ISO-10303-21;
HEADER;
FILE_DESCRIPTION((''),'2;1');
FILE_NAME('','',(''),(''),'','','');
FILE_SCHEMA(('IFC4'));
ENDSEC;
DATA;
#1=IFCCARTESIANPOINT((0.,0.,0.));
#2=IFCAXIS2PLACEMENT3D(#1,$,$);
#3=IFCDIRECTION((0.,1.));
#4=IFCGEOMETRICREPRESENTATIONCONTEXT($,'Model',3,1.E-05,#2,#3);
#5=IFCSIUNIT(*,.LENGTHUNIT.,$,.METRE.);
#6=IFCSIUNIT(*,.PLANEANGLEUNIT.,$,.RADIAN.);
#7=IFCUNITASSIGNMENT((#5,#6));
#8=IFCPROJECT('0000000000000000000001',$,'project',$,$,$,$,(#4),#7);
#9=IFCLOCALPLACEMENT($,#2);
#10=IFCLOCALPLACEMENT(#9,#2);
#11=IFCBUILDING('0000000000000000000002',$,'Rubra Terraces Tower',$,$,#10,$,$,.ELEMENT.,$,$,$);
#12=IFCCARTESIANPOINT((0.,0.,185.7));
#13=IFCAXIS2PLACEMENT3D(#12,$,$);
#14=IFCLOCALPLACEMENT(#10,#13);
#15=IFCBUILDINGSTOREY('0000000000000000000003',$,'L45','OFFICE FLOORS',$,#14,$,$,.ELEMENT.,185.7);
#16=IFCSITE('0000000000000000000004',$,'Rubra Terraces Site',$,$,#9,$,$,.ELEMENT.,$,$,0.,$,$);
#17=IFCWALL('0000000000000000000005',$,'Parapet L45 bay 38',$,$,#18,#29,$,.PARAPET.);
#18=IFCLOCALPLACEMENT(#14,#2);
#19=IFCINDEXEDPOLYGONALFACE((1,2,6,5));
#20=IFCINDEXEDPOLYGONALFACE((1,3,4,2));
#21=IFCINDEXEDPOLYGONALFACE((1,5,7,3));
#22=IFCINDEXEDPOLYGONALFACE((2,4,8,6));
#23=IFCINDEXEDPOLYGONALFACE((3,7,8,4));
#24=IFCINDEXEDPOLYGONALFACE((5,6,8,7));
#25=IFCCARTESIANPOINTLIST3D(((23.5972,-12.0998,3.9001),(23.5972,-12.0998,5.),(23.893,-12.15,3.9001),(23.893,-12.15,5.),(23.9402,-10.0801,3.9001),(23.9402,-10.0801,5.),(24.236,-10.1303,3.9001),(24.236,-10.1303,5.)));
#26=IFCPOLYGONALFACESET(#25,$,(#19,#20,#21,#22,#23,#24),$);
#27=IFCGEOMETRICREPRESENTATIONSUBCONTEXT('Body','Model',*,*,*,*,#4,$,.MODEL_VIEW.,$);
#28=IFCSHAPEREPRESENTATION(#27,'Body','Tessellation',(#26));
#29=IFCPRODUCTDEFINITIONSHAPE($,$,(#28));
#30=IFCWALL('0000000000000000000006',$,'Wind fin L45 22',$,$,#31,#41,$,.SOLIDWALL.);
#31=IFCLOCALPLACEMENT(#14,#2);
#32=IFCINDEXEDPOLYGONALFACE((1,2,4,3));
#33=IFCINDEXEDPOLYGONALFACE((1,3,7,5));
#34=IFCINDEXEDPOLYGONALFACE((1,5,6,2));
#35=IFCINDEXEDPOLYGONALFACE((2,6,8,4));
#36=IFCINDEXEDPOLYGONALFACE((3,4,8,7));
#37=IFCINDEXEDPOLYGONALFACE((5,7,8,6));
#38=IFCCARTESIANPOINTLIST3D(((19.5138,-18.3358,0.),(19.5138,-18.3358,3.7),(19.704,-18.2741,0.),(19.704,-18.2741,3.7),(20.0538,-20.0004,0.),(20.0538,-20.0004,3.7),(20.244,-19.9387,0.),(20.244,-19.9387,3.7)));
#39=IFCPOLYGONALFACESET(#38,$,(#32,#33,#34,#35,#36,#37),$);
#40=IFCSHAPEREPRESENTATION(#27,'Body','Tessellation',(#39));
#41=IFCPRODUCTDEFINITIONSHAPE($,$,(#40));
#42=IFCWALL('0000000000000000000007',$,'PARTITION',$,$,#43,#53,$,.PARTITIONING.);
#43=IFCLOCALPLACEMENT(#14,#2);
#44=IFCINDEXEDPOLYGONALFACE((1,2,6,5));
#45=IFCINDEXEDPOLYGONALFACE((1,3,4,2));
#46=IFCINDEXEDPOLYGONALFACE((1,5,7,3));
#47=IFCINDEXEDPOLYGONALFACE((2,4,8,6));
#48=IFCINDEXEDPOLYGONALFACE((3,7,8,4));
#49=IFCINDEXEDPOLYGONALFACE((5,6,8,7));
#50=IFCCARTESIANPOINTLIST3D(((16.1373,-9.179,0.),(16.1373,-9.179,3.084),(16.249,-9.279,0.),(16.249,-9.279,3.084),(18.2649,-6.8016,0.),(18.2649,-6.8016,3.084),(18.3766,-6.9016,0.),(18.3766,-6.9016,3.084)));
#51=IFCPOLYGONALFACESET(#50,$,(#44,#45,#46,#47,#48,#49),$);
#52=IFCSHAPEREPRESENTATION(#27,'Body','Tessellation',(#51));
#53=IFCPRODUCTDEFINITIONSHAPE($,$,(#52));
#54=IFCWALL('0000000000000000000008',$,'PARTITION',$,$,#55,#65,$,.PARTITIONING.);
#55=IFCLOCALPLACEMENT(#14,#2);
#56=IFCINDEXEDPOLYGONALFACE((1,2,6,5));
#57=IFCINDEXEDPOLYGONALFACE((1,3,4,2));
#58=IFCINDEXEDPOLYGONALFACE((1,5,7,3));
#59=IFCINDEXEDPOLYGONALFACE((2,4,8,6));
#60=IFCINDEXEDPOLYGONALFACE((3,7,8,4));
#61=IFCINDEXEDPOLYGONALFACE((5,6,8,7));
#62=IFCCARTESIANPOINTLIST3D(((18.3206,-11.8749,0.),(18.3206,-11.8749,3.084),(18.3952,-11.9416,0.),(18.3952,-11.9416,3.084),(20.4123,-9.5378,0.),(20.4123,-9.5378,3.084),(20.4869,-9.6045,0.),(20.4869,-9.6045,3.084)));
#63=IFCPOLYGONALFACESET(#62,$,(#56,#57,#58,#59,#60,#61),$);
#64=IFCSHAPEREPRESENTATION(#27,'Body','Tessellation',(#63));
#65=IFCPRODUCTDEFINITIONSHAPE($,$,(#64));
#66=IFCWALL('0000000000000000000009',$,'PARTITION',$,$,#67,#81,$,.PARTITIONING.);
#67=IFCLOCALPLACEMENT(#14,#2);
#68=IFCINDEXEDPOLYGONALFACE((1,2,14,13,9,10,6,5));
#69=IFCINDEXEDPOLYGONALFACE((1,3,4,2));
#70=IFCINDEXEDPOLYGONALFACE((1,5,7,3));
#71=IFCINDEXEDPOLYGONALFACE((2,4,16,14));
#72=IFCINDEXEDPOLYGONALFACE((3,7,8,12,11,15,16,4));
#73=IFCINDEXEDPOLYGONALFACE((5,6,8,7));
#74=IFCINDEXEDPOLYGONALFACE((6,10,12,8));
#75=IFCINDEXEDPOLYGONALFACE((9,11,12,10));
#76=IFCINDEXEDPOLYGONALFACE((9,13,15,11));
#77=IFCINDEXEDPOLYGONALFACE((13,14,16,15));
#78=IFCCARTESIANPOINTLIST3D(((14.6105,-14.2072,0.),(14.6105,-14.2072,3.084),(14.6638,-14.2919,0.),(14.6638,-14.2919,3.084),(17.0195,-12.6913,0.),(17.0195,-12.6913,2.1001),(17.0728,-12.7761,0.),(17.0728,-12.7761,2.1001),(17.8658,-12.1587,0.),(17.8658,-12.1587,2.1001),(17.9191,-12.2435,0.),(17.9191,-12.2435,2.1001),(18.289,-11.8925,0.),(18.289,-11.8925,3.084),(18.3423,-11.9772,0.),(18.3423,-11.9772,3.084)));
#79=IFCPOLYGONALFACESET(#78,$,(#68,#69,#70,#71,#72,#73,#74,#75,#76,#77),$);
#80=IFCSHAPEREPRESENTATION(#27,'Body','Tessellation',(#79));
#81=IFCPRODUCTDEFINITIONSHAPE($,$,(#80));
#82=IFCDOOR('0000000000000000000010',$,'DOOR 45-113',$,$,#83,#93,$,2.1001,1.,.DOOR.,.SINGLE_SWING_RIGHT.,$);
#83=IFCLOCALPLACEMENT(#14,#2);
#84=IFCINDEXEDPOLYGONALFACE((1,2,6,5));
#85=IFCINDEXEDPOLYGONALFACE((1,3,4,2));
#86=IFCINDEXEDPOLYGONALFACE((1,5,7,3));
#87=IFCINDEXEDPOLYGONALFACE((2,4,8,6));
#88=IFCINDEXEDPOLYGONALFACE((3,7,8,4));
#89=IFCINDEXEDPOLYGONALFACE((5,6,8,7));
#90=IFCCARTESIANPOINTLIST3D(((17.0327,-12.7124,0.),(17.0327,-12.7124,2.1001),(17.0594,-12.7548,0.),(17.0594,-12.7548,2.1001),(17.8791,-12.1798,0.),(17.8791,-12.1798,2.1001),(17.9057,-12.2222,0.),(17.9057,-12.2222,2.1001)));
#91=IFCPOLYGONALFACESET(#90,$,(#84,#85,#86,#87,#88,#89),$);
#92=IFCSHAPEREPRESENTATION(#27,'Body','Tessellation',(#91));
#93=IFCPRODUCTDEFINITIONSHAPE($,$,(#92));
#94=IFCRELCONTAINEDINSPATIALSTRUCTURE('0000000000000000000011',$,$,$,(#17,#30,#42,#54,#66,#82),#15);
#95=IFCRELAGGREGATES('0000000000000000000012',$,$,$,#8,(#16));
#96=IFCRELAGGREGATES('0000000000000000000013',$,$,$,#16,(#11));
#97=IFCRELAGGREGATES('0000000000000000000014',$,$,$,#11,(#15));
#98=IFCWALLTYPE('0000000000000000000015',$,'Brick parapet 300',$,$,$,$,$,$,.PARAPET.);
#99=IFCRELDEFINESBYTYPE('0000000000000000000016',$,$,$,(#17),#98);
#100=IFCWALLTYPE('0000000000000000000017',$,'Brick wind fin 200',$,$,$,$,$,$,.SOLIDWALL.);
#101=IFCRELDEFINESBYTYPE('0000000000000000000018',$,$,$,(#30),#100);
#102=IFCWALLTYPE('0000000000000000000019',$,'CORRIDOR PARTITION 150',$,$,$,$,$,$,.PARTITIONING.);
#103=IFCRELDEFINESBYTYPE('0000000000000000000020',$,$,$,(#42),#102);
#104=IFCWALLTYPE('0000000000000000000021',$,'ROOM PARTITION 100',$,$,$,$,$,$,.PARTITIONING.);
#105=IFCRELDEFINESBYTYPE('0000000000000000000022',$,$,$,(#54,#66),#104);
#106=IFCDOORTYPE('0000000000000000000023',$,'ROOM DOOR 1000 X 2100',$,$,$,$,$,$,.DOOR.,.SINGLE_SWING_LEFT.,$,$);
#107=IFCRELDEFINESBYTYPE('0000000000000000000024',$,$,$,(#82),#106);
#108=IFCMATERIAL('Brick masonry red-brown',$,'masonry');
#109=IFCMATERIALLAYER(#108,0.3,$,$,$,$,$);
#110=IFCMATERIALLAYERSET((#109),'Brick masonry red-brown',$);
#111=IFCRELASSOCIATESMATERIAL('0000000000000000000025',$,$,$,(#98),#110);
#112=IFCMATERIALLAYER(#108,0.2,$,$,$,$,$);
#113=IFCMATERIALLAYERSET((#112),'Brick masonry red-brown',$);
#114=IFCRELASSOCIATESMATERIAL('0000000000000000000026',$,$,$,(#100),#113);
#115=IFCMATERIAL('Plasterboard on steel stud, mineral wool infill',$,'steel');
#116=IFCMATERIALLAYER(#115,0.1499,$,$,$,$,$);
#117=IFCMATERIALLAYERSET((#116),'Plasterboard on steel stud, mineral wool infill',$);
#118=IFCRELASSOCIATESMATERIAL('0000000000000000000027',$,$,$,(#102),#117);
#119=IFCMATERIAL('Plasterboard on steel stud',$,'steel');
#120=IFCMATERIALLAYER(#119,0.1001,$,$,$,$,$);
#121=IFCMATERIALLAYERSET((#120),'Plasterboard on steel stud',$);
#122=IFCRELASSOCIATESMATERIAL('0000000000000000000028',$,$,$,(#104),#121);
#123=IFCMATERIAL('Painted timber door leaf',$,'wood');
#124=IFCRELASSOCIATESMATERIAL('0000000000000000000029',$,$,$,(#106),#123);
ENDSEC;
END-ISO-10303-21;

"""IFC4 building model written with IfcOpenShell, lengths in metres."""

from ifc_helpers import new_model, si_unit, direction, frame, frame_2d, origin, place, context, subcontext, project, spatial, rectangle, extrude, material, layer, layer_set, type_object, element, fill, save


model = new_model("IFC4")

# Units and contexts
model_context = context("Model", 3, precision=1e-05, world=origin(), true_north=direction((0.0, 1.0)))
body_context = subcontext(model_context, "Body", "Model", "MODEL_VIEW")
ifc_project = project(units=[si_unit("LENGTHUNIT", "METRE"), si_unit("PLANEANGLEUNIT", "RADIAN")], contexts=[model_context])

# Site, building, storey
site_placement = place(None, origin())
site = spatial("IfcSite", under=ifc_project, at=site_placement, Name="Rubra Terraces Site", CompositionType="ELEMENT", RefElevation=0.0)
building_placement = place(site_placement, origin())
building = spatial("IfcBuilding", under=site, at=building_placement, Name="Rubra Terraces Tower", CompositionType="ELEMENT")
storey_placement = place(building_placement, frame((0.0, 0.0, 185.7)))
storey = spatial("IfcBuildingStorey", under=building, at=storey_placement, Name="L45", Description="OFFICE FLOORS", CompositionType="ELEMENT", Elevation=185.7)

# Shared definitions
ifc_material_1 = material(Name="Brick masonry red-brown", Category="masonry")

# Walls
ifc_layer_1 = layer(ifc_material_1, 0.3)
ifc_layer_set_1 = layer_set([ifc_layer_1], Name="Brick masonry red-brown")
wall_type_1 = type_object("IfcWallType", Name="Brick parapet 300", PredefinedType="PARAPET", material=ifc_layer_set_1)
wall_1_placement = place(storey_placement, frame((23.7451, -12.125, 3.9001), z_axis=(0.0, 0.0, 1.0), x_axis=(0.167432, 0.985884, 0.0)))
element("IfcWall", 1, at=wall_1_placement, inside=storey, type_object=wall_type_1, Name="Parapet L45 bay 38", PredefinedType="PARAPET", context=body_context, shape_type="SweptSolid", body=[
    extrude(rectangle(XDim=2.0486, YDim=0.3, at=frame_2d((1.0244, 0.0))), origin(), (0.0, 0.0, 1.0), 1.0999),
])
ifc_layer_2 = layer(ifc_material_1, 0.2)
ifc_layer_set_2 = layer_set([ifc_layer_2], Name="Brick masonry red-brown")
wall_type_2 = type_object("IfcWallType", Name="Brick wind fin 200", PredefinedType="SOLIDWALL", material=ifc_layer_set_2)
wall_2_placement = place(storey_placement, frame((19.6089, -18.3049, 0.0), z_axis=(0.0, 0.0, 1.0), x_axis=(0.3086, -0.951192, 0.0)))
element("IfcWall", 2, at=wall_2_placement, inside=storey, type_object=wall_type_2, Name="Wind fin L45 22", PredefinedType="SOLIDWALL", context=body_context, shape_type="SweptSolid", body=[
    extrude(rectangle(XDim=1.75, YDim=0.2, at=frame_2d((0.875, 0.0))), origin(), (0.0, 0.0, 1.0), 3.7),
])
ifc_material_2 = material(Name="Plasterboard on steel stud, mineral wool infill", Category="steel")
ifc_layer_3 = layer(ifc_material_2, 0.1499)
ifc_layer_set_3 = layer_set([ifc_layer_3], Name="Plasterboard on steel stud, mineral wool infill")
wall_type_3 = type_object("IfcWallType", Name="CORRIDOR PARTITION 150", PredefinedType="PARTITIONING", material=ifc_layer_set_3)
wall_3_placement = place(storey_placement, frame((16.1931, -9.229, 0.0), z_axis=(0.0, 0.0, 1.0), x_axis=(0.666882, 0.745163, 0.0)))
element("IfcWall", 3, at=wall_3_placement, inside=storey, type_object=wall_type_3, Name="PARTITION", PredefinedType="PARTITIONING", context=body_context, shape_type="SweptSolid", body=[
    extrude(rectangle(XDim=3.1904, YDim=0.1499, at=frame_2d((1.5952, 0.0))), origin(), (0.0, 0.0, 1.0), 3.084),
])
ifc_material_3 = material(Name="Plasterboard on steel stud", Category="steel")
ifc_layer_4 = layer(ifc_material_3, 0.1001)
ifc_layer_set_4 = layer_set([ifc_layer_4], Name="Plasterboard on steel stud")
wall_type_4 = type_object("IfcWallType", Name="ROOM PARTITION 100", PredefinedType="PARTITIONING", material=ifc_layer_set_4)
wall_4_placement = place(storey_placement, frame((20.4497, -9.571, 0.0), z_axis=(0.0, 0.0, 1.0), x_axis=(-0.666911, -0.745137, 0.0)))
element("IfcWall", 4, at=wall_4_placement, inside=storey, type_object=wall_type_4, Name="PARTITION", PredefinedType="PARTITIONING", context=body_context, shape_type="SweptSolid", body=[
    extrude(rectangle(XDim=3.1365, YDim=0.1001, at=frame_2d((1.5684, 0.0))), origin(), (0.0, 0.0, 1.0), 3.084),
])

# Wall, opening, door
wall_5_placement = place(storey_placement, frame((18.3157, -11.9348, 0.0), z_axis=(0.0, 0.0, 1.0), x_axis=(-0.846375, -0.532587, 0.0)))
wall_5 = element("IfcWall", 5, at=wall_5_placement, inside=storey, type_object=wall_type_4, Name="PARTITION", PredefinedType="PARTITIONING", context=body_context, shape_type="SweptSolid", body=[
    extrude(rectangle(XDim=4.3462, YDim=0.1001, at=frame_2d((2.1731, 0.0))), origin(), (0.0, 0.0, 1.0), 3.084),
])
opening_1_placement = place(wall_5_placement, frame((0.5, 0.0, 0.0)))
opening_1 = element("IfcOpeningElement", 6, at=opening_1_placement, cuts=wall_5, PredefinedType="OPENING", context=body_context, shape_type="SweptSolid", body=[
    extrude(rectangle(XDim=1.0, YDim=2.1001, at=frame_2d((0.5, 1.05))), frame((0.0, 0.0601, 0.0), z_axis=(0.0, -1.0, 0.0), x_axis=(1.0, 0.0, 0.0)), (0.0, 0.0, 1.0), 0.1201),
])
ifc_material_4 = material(Name="Painted timber door leaf", Category="wood")
door_type = type_object("IfcDoorType", Name="ROOM DOOR 1000 X 2100", OperationType="SINGLE_SWING_LEFT", PredefinedType="DOOR", material=ifc_material_4)
door_placement = place(opening_1_placement, origin())
door = element("IfcDoor", 7, at=door_placement, inside=storey, type_object=door_type, Name="DOOR 45-113", OperationType="SINGLE_SWING_RIGHT", OverallHeight=2.1001, OverallWidth=1.0, PredefinedType="DOOR", context=body_context, shape_type="SweptSolid", body=[
    extrude(rectangle(XDim=1.0, YDim=2.1001, at=frame_2d((0.5, 1.05))), frame((0.0, 0.0249, 0.0), z_axis=(0.0, -1.0, 0.0), x_axis=(1.0, 0.0, 0.0)), (0.0, 0.0, 1.0), 0.05),
])
fill(opening_1, door)

save(model, "model.ifc")
